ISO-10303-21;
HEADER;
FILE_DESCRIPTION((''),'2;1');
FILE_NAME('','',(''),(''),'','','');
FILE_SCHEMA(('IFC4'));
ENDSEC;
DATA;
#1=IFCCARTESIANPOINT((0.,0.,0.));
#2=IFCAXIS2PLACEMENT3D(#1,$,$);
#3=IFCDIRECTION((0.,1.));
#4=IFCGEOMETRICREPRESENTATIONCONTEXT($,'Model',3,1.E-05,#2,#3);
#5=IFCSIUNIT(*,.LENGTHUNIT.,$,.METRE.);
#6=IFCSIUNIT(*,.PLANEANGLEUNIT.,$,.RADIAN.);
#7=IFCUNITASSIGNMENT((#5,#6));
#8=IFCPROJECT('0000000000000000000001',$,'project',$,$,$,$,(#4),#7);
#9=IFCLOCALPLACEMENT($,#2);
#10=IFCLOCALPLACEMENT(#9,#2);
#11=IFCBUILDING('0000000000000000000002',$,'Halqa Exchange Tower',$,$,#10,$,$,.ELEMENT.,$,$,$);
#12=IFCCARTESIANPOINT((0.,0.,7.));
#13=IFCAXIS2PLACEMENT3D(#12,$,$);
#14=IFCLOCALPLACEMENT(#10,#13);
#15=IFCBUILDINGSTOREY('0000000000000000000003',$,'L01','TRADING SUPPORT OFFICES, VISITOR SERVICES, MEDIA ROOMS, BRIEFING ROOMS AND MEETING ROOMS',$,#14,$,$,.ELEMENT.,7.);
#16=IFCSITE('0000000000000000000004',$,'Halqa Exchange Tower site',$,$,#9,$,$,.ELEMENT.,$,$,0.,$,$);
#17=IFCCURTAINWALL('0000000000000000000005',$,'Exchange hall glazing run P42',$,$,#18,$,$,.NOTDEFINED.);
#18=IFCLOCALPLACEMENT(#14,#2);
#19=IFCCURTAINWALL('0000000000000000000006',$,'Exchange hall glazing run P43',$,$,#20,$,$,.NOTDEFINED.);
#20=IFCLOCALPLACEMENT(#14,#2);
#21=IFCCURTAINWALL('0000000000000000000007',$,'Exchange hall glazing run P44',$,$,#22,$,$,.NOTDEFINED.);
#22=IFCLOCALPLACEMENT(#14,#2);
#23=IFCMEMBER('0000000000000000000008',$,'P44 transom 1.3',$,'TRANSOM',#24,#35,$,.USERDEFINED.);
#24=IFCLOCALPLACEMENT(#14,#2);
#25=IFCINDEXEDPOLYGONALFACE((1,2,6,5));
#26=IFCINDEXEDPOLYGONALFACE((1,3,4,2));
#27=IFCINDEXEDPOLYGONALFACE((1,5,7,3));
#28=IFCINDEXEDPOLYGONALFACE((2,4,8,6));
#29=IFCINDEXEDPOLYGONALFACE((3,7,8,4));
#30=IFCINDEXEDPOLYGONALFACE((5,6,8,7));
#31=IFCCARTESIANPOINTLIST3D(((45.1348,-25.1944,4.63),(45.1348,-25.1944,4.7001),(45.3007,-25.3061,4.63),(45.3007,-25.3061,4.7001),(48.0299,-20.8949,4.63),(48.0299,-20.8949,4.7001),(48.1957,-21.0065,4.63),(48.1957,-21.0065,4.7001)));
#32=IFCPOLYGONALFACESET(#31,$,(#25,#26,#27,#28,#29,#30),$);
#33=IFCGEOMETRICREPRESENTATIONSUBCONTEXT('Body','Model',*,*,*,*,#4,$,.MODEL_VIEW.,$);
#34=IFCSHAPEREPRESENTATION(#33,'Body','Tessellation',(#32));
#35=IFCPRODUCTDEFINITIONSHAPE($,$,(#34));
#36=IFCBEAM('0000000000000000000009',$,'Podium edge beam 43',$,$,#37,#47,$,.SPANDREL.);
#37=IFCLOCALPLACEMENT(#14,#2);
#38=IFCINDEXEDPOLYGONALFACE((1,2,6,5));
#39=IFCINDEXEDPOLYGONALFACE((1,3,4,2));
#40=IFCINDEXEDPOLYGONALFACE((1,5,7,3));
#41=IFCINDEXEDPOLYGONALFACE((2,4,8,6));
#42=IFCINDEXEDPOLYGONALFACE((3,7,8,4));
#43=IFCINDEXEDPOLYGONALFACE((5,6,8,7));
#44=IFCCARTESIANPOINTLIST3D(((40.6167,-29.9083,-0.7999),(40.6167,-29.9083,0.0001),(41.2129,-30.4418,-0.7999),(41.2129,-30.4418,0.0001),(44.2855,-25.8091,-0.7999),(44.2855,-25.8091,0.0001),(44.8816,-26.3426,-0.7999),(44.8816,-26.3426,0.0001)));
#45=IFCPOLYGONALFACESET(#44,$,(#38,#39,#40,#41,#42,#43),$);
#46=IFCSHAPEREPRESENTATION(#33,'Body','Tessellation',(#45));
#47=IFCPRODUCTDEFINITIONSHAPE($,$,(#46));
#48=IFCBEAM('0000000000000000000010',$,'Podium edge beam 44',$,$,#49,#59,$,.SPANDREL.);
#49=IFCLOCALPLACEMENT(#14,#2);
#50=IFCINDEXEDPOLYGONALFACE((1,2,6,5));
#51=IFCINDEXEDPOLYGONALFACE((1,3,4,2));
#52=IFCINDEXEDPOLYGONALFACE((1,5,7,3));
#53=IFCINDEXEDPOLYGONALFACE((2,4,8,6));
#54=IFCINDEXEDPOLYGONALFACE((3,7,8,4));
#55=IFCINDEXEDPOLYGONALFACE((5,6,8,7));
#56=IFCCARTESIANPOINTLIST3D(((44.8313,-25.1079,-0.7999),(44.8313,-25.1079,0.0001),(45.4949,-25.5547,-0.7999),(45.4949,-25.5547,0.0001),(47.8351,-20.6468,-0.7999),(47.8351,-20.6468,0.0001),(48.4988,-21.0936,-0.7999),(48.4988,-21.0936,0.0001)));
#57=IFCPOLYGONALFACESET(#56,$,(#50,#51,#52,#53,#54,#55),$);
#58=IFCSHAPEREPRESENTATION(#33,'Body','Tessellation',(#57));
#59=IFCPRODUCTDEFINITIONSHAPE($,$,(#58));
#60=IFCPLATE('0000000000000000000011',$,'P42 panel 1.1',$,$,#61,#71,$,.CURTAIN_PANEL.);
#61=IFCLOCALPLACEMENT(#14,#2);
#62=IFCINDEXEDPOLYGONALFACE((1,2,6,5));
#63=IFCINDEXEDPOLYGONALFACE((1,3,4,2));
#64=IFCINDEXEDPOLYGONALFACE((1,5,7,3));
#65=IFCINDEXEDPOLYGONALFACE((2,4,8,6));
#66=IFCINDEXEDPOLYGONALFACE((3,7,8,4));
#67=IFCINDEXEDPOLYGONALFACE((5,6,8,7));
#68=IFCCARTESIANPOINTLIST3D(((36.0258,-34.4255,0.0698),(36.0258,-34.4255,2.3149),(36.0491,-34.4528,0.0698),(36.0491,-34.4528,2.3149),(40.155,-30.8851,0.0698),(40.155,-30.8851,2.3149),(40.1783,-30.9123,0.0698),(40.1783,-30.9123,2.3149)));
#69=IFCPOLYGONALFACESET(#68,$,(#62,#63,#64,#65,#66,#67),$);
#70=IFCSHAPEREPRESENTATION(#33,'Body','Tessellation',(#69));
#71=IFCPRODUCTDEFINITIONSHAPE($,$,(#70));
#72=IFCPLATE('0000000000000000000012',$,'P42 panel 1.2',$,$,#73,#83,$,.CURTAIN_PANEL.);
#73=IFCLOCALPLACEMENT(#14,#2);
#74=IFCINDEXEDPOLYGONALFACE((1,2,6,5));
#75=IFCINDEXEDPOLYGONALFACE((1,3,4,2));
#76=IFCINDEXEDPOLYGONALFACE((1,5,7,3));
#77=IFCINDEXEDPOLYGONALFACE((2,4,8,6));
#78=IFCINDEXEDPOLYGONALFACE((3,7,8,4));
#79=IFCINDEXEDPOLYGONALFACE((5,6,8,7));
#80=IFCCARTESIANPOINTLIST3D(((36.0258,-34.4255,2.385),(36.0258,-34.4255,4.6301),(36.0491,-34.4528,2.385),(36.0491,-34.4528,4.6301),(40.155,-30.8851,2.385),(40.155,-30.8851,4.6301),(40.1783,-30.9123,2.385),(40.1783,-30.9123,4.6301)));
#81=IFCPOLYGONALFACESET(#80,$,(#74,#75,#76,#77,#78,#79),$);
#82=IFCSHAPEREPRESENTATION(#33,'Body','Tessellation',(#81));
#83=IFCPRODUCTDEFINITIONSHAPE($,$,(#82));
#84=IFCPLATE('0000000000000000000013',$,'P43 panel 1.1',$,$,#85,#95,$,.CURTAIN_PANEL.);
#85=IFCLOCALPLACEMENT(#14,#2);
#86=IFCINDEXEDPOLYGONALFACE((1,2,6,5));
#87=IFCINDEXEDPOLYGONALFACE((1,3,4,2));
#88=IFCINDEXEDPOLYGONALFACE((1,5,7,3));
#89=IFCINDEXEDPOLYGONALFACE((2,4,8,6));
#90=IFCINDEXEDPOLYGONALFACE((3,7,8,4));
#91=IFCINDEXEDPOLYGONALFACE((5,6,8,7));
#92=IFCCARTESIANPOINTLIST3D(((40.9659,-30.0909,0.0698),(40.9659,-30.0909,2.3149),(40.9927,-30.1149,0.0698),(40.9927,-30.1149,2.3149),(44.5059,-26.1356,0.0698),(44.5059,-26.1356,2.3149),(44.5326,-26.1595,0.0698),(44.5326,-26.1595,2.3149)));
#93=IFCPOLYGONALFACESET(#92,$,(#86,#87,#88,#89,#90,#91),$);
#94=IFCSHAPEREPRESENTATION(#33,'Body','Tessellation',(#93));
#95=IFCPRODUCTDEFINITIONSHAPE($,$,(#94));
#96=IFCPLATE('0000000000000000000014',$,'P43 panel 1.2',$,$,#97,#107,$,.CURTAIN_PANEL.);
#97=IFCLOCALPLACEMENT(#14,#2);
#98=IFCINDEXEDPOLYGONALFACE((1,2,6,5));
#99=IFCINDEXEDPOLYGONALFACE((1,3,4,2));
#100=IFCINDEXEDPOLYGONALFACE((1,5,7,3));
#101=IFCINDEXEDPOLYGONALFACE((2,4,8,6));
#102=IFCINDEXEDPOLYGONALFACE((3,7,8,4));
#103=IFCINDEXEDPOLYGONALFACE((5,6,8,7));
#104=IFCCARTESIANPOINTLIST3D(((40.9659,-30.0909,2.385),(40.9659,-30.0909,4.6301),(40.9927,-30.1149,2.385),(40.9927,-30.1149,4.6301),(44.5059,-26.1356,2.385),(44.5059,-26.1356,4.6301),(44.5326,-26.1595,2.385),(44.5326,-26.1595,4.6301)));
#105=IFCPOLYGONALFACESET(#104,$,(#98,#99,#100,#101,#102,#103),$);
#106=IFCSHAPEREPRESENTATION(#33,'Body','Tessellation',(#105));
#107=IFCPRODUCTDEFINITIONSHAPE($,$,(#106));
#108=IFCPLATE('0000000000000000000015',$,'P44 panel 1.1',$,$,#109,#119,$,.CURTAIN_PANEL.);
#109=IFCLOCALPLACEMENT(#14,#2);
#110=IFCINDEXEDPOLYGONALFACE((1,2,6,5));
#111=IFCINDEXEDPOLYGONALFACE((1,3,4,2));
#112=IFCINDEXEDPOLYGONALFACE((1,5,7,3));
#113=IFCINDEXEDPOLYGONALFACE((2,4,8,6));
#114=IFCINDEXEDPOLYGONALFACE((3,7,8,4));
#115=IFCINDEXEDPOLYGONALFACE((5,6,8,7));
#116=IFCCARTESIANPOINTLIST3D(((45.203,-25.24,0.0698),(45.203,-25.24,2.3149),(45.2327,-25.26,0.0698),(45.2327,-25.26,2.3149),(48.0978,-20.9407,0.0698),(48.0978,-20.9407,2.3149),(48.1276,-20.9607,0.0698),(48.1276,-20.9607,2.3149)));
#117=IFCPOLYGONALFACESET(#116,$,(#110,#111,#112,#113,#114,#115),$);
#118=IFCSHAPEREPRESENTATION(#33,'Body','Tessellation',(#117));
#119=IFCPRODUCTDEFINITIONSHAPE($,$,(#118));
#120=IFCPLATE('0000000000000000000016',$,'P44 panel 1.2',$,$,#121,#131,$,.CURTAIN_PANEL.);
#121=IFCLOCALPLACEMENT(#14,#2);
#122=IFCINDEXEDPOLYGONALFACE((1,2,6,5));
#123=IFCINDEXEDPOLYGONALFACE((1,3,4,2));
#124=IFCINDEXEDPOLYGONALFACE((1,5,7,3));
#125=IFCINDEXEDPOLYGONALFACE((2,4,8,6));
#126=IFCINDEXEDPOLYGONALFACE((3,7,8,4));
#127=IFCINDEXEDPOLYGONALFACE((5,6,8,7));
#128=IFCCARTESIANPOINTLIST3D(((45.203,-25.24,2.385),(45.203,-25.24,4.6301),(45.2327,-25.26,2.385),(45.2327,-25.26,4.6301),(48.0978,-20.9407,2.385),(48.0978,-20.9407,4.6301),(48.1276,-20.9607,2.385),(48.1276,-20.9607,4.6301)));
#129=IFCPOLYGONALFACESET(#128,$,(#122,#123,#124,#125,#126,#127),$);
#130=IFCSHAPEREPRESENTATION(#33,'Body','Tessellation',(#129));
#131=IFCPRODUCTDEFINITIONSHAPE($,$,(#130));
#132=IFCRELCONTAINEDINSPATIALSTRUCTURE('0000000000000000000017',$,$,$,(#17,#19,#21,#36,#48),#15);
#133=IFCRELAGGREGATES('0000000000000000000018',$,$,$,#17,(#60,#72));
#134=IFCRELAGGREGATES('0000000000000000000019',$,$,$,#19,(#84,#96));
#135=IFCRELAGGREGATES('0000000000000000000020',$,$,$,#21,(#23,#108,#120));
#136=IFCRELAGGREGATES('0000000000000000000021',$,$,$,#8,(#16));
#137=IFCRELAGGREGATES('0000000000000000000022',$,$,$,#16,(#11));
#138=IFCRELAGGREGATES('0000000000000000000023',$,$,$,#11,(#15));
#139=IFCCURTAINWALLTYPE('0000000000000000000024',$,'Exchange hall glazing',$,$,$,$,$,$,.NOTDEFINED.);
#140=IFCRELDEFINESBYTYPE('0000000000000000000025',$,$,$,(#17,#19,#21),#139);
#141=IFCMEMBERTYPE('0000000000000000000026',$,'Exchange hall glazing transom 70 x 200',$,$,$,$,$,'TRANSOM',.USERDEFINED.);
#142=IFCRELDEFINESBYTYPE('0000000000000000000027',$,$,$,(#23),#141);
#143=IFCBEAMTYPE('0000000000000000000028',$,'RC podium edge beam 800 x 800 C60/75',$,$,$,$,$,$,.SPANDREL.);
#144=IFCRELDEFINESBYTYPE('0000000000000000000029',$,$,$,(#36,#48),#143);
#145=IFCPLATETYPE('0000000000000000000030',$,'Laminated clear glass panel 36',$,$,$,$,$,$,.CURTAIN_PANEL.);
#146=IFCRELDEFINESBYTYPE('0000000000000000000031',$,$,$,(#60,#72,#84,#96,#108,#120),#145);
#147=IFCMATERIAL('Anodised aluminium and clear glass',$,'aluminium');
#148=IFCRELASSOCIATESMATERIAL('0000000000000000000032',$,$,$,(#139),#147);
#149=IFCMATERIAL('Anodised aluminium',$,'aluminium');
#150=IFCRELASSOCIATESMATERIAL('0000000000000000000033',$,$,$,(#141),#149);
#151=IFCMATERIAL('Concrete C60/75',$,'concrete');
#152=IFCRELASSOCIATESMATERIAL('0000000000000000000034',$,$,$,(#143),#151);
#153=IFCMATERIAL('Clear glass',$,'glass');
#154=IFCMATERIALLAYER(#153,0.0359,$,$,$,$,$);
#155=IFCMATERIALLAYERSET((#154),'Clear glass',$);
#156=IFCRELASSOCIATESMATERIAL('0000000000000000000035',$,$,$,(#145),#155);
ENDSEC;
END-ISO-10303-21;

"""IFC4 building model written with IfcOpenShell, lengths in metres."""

from ifc_helpers import new_model, si_unit, direction, frame, origin, origin_2d, place, context, subcontext, project, spatial, rectangle, extrude, material, layer, layer_set, material_profile, profile_set, type_object, element, aggregate, save


model = new_model("IFC4")

# Units and contexts
model_context = context("Model", 3, precision=1e-05, world=origin(), true_north=direction((0.0, 1.0)))
body_context = subcontext(model_context, "Body", "Model", "MODEL_VIEW")
ifc_project = project(units=[si_unit("LENGTHUNIT", "METRE"), si_unit("PLANEANGLEUNIT", "RADIAN")], contexts=[model_context])

# Site, building, storey
site_placement = place(None, origin())
site = spatial("IfcSite", under=ifc_project, at=site_placement, Name="Halqa Exchange Tower site", CompositionType="ELEMENT", RefElevation=0.0)
building_placement = place(site_placement, origin())
building = spatial("IfcBuilding", under=site, at=building_placement, Name="Halqa Exchange Tower", CompositionType="ELEMENT")
storey_placement = place(building_placement, frame((0.0, 0.0, 7.0)))
storey = spatial("IfcBuildingStorey", under=building, at=storey_placement, Name="L01", Description="TRADING SUPPORT OFFICES, VISITOR SERVICES, MEDIA ROOMS, BRIEFING ROOMS AND MEETING ROOMS", CompositionType="ELEMENT", Elevation=7.0)

# Shared definitions
ifc_material_1 = material(Name="Concrete C60/75", Category="concrete")

# Curtain wall
ifc_material_2 = material(Name="Anodised aluminium and clear glass", Category="aluminium")
curtain_wall_type = type_object("IfcCurtainWallType", Name="Exchange hall glazing", PredefinedType="NOTDEFINED", material=ifc_material_2)
curtain_wall_1_placement = place(storey_placement, origin())
curtain_wall_1 = element("IfcCurtainWall", 1, at=curtain_wall_1_placement, inside=storey, type_object=curtain_wall_type, Name="Exchange hall glazing run P42", PredefinedType="NOTDEFINED")
ifc_material_3 = material(Name="Anodised aluminium", Category="aluminium")

# Curtain walls
curtain_wall_2_placement = place(storey_placement, origin())
curtain_wall_2 = element("IfcCurtainWall", 2, at=curtain_wall_2_placement, inside=storey, type_object=curtain_wall_type, Name="Exchange hall glazing run P43", PredefinedType="NOTDEFINED")
curtain_wall_3_placement = place(storey_placement, origin())
curtain_wall_3 = element("IfcCurtainWall", 3, at=curtain_wall_3_placement, inside=storey, type_object=curtain_wall_type, Name="Exchange hall glazing run P44", PredefinedType="NOTDEFINED")

# Member
ifc_material_profile_1 = material_profile(ifc_material_3, rectangle(XDim=0.2, YDim=0.0701, at=origin_2d()), Name="AL 70x200")
ifc_profile_set_1 = profile_set([ifc_material_profile_1], Name="Anodised aluminium")
member_type_1 = type_object("IfcMemberType", Name="Exchange hall glazing transom 70 x 200", ElementType="TRANSOM", PredefinedType="USERDEFINED", material=ifc_profile_set_1)
member_1_placement = place(storey_placement, frame((45.2178, -25.2502, 4.665), z_axis=(0.55852, 0.829491, 0.0), x_axis=(-0.829491, 0.55852, 0.0)))
member_1 = element("IfcMember", 4, at=member_1_placement, type_object=member_type_1, Name="P44 transom 1.3", ObjectType="TRANSOM", PredefinedType="USERDEFINED", context=body_context, shape_type="SweptSolid", body=[
    extrude(rectangle(XDim=0.2, YDim=0.0701, at=origin_2d()), origin(), (0.0, 0.0, 1.0), 5.1833),
])

# Beams
ifc_material_profile_2 = material_profile(ifc_material_1, rectangle(XDim=0.8, YDim=0.8, at=origin_2d()), Name="800 x 800")
ifc_profile_set_2 = profile_set([ifc_material_profile_2], Name="Concrete C60/75")
beam_type = type_object("IfcBeamType", Name="RC podium edge beam 800 x 800 C60/75", PredefinedType="SPANDREL", material=ifc_profile_set_2)
beam_1_placement = place(storey_placement, frame((40.9148, -30.175, -0.3999), z_axis=(0.666903, 0.745145, 0.0), x_axis=(-0.745145, 0.666903, 0.0)))
element("IfcBeam", 5, at=beam_1_placement, inside=storey, type_object=beam_type, Name="Podium edge beam 43", PredefinedType="SPANDREL", context=body_context, shape_type="SweptSolid", body=[
    extrude(rectangle(XDim=0.8, YDim=0.8, at=origin_2d()), origin(), (0.0, 0.0, 1.0), 5.5012),
])
beam_2_placement = place(storey_placement, frame((45.1631, -25.3313, -0.3999), z_axis=(0.558528, 0.829485, 0.0), x_axis=(-0.829485, 0.558528, 0.0)))
element("IfcBeam", 6, at=beam_2_placement, inside=storey, type_object=beam_type, Name="Podium edge beam 44", PredefinedType="SPANDREL", context=body_context, shape_type="SweptSolid", body=[
    extrude(rectangle(XDim=0.8, YDim=0.8, at=origin_2d()), origin(), (0.0, 0.0, 1.0), 5.3782),
])

# Plates
ifc_material_4 = material(Name="Clear glass", Category="glass")
ifc_layer = layer(ifc_material_4, 0.0359)
ifc_layer_set = layer_set([ifc_layer], Name="Clear glass")
plate_type = type_object("IfcPlateType", Name="Laminated clear glass panel 36", PredefinedType="CURTAIN_PANEL", material=ifc_layer_set)
plate_1_placement = place(storey_placement, frame((38.1021, -32.6689, 0.0698), z_axis=(0.0, 0.0, 1.0), x_axis=(0.759154, 0.650911, 0.0)))
plate_1 = element("IfcPlate", 7, at=plate_1_placement, type_object=plate_type, Name="P42 panel 1.1", PredefinedType="CURTAIN_PANEL", context=body_context, shape_type="SweptSolid", body=[
    extrude(rectangle(XDim=5.4392, YDim=0.0359, at=origin_2d()), origin(), (0.0, 0.0, 1.0), 2.2451),
])
plate_2_placement = place(storey_placement, frame((38.1021, -32.6689, 2.385), z_axis=(0.0, 0.0, 1.0), x_axis=(0.759154, 0.650911, 0.0)))
plate_2 = element("IfcPlate", 8, at=plate_2_placement, type_object=plate_type, Name="P42 panel 1.2", PredefinedType="CURTAIN_PANEL", context=body_context, shape_type="SweptSolid", body=[
    extrude(rectangle(XDim=5.4392, YDim=0.0359, at=origin_2d()), origin(), (0.0, 0.0, 1.0), 2.2451),
])
aggregate(curtain_wall_1, [plate_1, plate_2])
plate_3_placement = place(storey_placement, frame((42.7493, -28.1252, 0.0698), z_axis=(0.0, 0.0, 1.0), x_axis=(0.666899, 0.745148, 0.0)))
plate_3 = element("IfcPlate", 9, at=plate_3_placement, type_object=plate_type, Name="P43 panel 1.1", PredefinedType="CURTAIN_PANEL", context=body_context, shape_type="SweptSolid", body=[
    extrude(rectangle(XDim=5.3081, YDim=0.0359, at=origin_2d()), origin(), (0.0, 0.0, 1.0), 2.2451),
])
plate_4_placement = place(storey_placement, frame((42.7493, -28.1252, 2.385), z_axis=(0.0, 0.0, 1.0), x_axis=(0.666899, 0.745148, 0.0)))
plate_4 = element("IfcPlate", 10, at=plate_4_placement, type_object=plate_type, Name="P43 panel 1.2", PredefinedType="CURTAIN_PANEL", context=body_context, shape_type="SweptSolid", body=[
    extrude(rectangle(XDim=5.3081, YDim=0.0359, at=origin_2d()), origin(), (0.0, 0.0, 1.0), 2.2451),
])
aggregate(curtain_wall_2, [plate_3, plate_4])
plate_5_placement = place(storey_placement, frame((46.6653, -23.1003, 0.0698), z_axis=(0.0, 0.0, 1.0), x_axis=(0.558522, 0.82949, 0.0)))
plate_5 = element("IfcPlate", 11, at=plate_5_placement, type_object=plate_type, Name="P44 panel 1.1", PredefinedType="CURTAIN_PANEL", context=body_context, shape_type="SweptSolid", body=[
    extrude(rectangle(XDim=5.1831, YDim=0.0359, at=origin_2d()), origin(), (0.0, 0.0, 1.0), 2.2451),
])
plate_6_placement = place(storey_placement, frame((46.6653, -23.1003, 2.385), z_axis=(0.0, 0.0, 1.0), x_axis=(0.558522, 0.82949, 0.0)))
plate_6 = element("IfcPlate", 12, at=plate_6_placement, type_object=plate_type, Name="P44 panel 1.2", PredefinedType="CURTAIN_PANEL", context=body_context, shape_type="SweptSolid", body=[
    extrude(rectangle(XDim=5.1831, YDim=0.0359, at=origin_2d()), origin(), (0.0, 0.0, 1.0), 2.2451),
])
aggregate(curtain_wall_3, [member_1, plate_5, plate_6])

save(model, "model.ifc")
